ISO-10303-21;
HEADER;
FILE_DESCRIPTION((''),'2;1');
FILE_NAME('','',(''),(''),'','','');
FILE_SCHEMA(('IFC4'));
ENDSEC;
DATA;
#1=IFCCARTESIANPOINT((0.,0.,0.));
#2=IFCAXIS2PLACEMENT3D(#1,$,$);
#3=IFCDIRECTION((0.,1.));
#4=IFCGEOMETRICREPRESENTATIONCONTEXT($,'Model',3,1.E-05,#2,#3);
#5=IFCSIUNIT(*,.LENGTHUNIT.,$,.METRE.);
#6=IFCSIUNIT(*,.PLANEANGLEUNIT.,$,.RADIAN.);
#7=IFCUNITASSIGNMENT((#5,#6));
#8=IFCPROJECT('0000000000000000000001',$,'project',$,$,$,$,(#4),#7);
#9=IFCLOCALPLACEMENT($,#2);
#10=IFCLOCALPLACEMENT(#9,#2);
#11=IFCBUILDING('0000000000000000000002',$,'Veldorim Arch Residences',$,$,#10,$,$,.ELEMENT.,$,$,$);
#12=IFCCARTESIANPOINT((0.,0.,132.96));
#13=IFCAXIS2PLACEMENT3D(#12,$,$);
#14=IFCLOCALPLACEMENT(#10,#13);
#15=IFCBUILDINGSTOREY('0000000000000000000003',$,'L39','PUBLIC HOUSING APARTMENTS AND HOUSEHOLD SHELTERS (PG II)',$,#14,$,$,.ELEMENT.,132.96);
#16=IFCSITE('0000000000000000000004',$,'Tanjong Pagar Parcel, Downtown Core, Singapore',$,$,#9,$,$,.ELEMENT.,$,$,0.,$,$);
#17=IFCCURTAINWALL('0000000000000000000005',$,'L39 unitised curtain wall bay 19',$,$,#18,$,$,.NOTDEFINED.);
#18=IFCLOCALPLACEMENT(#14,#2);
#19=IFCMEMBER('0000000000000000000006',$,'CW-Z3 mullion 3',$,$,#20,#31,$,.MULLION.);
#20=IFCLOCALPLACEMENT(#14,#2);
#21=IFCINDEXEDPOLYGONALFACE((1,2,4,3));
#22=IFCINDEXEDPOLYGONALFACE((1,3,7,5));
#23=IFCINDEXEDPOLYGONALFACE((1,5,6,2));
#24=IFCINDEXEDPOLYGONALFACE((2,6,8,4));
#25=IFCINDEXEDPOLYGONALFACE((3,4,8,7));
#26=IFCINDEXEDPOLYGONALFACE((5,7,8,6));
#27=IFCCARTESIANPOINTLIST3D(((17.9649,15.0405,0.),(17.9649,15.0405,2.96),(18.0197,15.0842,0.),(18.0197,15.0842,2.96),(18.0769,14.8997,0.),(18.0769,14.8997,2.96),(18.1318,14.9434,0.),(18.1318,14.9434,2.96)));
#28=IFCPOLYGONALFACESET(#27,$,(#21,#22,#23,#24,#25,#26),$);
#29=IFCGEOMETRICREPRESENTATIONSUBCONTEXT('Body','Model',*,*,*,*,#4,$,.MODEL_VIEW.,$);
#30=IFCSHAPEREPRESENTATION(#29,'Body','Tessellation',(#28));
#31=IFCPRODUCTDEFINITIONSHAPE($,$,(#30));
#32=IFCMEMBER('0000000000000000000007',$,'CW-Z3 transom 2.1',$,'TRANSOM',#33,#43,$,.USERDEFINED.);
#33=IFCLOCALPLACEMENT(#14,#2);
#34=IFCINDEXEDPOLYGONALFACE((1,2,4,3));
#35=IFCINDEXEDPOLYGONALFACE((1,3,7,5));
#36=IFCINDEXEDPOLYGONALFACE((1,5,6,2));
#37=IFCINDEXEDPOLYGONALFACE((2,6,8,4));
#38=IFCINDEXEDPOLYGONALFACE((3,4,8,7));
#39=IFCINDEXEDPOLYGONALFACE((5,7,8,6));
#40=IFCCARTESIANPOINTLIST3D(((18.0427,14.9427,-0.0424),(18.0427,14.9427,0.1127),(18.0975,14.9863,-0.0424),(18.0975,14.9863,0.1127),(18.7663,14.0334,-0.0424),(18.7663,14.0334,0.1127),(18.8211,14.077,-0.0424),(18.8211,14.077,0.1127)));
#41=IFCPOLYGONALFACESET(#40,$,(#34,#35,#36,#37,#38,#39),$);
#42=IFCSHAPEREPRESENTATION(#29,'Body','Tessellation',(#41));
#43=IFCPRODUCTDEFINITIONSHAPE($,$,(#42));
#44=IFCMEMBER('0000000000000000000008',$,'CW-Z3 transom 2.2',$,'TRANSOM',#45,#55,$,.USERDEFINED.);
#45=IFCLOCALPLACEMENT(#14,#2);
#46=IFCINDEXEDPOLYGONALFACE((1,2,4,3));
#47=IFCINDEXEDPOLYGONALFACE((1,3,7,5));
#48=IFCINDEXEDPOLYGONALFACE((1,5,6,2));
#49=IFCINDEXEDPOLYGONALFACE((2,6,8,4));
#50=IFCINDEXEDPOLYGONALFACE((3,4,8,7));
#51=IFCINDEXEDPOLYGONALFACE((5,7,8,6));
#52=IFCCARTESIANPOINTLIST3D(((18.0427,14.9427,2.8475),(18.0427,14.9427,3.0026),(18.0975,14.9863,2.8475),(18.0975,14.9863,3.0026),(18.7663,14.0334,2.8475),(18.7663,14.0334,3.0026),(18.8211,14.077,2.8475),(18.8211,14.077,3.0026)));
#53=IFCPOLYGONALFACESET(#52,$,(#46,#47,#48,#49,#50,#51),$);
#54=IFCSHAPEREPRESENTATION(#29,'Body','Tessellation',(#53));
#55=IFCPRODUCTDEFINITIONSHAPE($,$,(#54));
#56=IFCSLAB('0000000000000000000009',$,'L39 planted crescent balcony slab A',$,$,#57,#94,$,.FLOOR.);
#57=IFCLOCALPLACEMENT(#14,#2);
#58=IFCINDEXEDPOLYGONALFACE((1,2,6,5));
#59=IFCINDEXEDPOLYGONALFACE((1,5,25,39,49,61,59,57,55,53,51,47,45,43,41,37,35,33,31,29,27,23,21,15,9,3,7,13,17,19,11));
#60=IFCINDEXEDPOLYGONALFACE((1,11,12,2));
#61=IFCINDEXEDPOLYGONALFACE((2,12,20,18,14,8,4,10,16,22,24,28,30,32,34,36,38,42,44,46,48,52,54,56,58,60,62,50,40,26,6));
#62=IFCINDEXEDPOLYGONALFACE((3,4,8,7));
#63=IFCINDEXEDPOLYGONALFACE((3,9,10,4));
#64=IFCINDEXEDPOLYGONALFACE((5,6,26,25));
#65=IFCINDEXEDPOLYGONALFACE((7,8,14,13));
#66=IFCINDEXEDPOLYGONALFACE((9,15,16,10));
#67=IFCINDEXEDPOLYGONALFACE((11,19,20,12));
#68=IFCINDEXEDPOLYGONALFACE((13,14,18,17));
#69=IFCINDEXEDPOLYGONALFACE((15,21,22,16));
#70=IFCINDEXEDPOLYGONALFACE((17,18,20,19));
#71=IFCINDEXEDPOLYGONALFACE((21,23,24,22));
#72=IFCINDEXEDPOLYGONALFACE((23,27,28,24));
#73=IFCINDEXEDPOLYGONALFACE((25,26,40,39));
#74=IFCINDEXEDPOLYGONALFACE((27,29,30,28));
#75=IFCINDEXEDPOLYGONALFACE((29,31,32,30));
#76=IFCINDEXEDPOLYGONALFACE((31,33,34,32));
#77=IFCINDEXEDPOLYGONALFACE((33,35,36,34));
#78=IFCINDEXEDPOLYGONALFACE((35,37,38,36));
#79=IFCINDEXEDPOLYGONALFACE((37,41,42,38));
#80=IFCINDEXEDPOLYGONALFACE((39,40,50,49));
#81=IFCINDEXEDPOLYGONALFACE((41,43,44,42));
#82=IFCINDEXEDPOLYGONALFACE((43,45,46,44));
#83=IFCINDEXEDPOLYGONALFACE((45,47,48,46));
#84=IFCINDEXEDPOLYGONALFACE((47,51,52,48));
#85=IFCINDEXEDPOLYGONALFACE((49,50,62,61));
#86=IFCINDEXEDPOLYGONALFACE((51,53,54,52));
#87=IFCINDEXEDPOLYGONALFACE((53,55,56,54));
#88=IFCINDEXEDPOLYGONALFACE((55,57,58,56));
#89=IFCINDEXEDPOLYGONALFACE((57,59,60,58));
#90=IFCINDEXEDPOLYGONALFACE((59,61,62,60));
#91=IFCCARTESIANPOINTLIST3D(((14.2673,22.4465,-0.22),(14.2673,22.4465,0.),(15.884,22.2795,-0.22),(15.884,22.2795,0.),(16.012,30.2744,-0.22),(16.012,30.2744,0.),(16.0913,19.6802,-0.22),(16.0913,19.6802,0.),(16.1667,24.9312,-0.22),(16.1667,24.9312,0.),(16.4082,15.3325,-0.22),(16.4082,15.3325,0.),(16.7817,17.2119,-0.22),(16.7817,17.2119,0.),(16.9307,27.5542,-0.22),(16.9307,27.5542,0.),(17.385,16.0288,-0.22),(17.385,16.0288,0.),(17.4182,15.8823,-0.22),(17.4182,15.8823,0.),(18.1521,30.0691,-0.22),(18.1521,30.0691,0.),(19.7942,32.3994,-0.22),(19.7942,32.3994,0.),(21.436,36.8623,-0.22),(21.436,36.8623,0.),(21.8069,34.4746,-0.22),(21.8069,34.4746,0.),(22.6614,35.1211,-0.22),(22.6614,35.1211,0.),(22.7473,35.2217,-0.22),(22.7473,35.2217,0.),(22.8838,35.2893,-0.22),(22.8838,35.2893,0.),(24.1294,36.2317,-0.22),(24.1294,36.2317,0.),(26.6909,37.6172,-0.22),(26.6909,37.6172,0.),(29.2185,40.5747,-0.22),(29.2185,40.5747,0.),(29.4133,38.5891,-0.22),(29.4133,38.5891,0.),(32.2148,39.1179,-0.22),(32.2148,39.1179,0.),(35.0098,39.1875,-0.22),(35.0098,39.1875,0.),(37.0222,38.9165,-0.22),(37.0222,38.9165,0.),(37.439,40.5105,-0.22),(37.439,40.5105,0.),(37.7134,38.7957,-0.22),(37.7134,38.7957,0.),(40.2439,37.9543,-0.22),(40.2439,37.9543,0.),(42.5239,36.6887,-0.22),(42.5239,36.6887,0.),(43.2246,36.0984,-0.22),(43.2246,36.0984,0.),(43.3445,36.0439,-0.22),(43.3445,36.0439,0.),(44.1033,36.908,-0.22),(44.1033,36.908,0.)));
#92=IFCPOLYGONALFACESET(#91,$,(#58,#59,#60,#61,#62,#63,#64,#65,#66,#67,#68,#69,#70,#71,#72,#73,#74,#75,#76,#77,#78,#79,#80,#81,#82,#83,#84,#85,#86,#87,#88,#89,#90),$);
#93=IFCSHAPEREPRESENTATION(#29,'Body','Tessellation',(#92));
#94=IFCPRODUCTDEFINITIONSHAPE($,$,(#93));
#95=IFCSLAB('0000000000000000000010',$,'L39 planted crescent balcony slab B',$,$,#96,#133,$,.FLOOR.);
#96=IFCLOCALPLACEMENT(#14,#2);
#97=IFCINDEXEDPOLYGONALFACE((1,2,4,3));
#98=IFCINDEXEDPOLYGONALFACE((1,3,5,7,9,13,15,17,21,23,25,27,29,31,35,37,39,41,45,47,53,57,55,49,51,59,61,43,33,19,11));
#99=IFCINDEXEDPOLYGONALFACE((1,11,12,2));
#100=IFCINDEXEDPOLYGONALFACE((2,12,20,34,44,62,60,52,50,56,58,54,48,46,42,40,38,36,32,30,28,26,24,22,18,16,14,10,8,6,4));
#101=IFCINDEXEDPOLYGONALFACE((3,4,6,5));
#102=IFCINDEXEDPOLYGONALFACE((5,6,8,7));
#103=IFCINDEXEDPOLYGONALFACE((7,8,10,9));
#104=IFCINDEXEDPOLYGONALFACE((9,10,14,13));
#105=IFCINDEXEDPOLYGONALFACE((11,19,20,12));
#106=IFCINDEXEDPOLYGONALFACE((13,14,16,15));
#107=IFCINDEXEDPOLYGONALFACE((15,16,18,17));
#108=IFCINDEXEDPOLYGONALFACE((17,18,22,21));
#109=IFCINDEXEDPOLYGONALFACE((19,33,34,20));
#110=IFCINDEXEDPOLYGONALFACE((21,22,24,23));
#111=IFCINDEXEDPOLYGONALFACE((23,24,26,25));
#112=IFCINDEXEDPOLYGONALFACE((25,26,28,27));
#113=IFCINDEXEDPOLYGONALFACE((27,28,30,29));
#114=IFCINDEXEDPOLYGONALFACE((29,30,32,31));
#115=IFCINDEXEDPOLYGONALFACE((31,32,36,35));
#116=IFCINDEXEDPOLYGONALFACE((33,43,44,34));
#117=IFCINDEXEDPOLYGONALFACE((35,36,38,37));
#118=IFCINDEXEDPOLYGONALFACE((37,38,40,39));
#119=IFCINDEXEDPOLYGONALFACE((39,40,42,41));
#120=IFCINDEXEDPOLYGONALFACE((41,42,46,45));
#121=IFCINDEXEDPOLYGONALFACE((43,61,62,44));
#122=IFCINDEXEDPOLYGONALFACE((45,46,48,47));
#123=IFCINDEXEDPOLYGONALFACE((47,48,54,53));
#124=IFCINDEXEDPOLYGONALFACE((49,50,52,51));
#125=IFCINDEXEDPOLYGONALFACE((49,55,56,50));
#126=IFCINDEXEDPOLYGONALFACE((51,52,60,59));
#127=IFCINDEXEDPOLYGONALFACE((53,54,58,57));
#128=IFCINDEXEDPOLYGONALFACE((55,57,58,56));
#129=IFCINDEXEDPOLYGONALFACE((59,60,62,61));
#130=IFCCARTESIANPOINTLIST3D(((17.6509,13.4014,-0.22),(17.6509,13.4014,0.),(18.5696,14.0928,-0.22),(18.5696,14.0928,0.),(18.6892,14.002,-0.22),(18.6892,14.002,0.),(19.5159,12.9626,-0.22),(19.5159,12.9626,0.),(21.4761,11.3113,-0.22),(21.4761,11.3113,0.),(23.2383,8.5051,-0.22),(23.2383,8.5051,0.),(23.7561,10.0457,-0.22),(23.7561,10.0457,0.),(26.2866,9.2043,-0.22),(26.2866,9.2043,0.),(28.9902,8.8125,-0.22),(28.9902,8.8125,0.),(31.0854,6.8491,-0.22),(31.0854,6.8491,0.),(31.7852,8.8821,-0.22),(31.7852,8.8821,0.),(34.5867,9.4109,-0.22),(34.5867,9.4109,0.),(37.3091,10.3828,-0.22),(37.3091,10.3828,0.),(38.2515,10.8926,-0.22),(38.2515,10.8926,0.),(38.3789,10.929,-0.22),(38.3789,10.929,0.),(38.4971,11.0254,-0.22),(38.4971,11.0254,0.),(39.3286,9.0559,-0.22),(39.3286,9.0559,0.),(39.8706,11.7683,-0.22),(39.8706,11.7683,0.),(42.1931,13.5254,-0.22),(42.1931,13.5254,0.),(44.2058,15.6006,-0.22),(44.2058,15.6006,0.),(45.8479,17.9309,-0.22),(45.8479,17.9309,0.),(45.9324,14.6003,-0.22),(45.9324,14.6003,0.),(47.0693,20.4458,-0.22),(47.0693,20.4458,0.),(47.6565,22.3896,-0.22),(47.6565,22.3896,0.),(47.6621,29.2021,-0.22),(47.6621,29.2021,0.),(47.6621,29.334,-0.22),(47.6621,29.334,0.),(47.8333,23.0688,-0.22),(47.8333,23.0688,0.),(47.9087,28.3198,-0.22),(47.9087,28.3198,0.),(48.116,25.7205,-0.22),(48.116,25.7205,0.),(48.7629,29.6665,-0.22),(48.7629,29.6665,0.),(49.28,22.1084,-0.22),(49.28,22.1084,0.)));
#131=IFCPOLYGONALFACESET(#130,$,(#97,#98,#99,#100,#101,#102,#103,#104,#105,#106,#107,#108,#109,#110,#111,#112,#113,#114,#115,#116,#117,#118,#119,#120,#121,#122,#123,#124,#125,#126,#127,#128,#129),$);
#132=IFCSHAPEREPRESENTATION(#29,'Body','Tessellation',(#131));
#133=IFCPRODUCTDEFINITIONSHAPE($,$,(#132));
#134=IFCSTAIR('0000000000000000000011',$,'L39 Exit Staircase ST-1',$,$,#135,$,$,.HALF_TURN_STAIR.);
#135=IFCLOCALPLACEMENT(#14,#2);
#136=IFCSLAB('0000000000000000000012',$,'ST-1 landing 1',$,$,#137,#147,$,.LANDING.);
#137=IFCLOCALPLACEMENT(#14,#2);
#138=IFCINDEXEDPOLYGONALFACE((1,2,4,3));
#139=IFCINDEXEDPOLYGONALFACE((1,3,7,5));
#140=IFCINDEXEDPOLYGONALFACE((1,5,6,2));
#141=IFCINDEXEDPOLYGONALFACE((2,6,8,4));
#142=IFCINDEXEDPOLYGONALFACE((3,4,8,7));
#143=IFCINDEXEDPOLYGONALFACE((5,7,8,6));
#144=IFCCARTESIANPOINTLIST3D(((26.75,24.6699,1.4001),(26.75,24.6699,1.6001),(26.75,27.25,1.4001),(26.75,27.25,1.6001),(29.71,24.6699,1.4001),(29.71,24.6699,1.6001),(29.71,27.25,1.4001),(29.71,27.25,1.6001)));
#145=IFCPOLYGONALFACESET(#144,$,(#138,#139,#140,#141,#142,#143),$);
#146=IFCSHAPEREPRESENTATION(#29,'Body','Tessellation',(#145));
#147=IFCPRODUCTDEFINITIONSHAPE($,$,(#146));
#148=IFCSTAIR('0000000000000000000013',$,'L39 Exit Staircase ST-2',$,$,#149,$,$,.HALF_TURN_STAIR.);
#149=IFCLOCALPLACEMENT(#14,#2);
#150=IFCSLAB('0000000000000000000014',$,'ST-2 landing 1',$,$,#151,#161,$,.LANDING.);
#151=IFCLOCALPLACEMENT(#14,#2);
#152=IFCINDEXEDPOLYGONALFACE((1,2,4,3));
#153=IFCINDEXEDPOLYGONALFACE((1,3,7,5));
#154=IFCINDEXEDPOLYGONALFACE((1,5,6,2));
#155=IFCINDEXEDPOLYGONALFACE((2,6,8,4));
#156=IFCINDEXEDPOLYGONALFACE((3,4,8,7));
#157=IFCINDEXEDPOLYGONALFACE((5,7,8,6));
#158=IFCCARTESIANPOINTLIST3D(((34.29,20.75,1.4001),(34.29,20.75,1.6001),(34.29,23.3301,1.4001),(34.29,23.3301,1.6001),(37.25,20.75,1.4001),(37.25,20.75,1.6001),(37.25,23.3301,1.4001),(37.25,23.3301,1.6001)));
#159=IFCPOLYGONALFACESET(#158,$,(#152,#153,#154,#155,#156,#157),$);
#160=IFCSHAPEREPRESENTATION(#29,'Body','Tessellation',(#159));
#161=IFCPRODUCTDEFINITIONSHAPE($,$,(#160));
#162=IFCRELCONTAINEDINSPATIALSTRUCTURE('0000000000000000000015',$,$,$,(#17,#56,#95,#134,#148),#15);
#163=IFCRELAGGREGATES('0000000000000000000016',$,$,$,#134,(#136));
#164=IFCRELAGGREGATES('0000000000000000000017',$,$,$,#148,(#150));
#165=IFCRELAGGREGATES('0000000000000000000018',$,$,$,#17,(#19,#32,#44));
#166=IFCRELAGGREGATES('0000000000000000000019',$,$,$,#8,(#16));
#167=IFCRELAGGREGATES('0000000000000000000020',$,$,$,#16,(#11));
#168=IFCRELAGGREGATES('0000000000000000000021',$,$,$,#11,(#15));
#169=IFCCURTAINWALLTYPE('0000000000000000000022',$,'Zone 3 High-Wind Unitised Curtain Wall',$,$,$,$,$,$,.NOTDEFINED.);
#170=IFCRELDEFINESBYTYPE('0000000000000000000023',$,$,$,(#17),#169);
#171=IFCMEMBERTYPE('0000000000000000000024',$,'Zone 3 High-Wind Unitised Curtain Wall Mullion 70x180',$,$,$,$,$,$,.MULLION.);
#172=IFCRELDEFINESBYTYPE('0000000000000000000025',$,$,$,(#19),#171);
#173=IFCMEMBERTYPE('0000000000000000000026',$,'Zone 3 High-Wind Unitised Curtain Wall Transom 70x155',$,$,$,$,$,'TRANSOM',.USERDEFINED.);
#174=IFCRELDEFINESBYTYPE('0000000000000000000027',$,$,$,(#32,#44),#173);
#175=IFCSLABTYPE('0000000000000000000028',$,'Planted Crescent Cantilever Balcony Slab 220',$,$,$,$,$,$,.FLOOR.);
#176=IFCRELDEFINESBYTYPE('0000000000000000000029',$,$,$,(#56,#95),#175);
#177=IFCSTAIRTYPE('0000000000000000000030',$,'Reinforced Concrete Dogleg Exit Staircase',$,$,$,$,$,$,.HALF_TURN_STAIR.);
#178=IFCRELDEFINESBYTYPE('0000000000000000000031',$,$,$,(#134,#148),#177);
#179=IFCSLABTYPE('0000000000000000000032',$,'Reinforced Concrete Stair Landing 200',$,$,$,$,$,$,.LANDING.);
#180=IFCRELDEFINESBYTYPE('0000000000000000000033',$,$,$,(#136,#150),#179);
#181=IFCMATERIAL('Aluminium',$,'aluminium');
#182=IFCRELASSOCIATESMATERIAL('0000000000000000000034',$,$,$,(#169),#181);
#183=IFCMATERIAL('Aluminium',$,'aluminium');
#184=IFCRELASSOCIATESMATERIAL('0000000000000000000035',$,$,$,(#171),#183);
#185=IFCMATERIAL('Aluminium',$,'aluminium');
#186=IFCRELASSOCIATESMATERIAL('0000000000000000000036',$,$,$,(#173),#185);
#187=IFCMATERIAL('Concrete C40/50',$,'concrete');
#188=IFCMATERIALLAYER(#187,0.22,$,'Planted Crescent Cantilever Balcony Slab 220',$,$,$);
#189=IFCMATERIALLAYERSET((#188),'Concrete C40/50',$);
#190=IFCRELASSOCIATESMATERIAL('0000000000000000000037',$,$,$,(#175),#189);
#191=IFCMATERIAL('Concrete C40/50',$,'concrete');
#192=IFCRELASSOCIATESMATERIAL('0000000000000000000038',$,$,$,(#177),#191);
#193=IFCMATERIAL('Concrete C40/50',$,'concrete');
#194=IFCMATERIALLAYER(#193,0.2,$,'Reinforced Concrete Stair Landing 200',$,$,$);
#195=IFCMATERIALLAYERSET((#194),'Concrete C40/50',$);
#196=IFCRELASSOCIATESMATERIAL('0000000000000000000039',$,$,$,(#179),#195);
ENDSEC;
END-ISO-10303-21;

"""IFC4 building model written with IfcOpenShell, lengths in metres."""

from ifc_helpers import new_model, si_unit, direction, frame, origin, origin_2d, place, context, subcontext, project, spatial, polyline, rectangle, outline, extrude, material, layer, layer_set, material_profile, profile_set, type_object, element, aggregate, save


model = new_model("IFC4")

# Units and contexts
model_context = context("Model", 3, precision=1e-05, world=origin(), true_north=direction((0.0, 1.0)))
body_context = subcontext(model_context, "Body", "Model", "MODEL_VIEW")
ifc_project = project(units=[si_unit("LENGTHUNIT", "METRE"), si_unit("PLANEANGLEUNIT", "RADIAN")], contexts=[model_context])

# Site, building, storey
site_placement = place(None, origin())
site = spatial("IfcSite", under=ifc_project, at=site_placement, Name="Tanjong Pagar Parcel, Downtown Core, Singapore", CompositionType="ELEMENT", RefElevation=0.0)
building_placement = place(site_placement, origin())
building = spatial("IfcBuilding", under=site, at=building_placement, Name="Veldorim Arch Residences", CompositionType="ELEMENT")
storey_placement = place(building_placement, frame((0.0, 0.0, 132.96)))
storey = spatial("IfcBuildingStorey", under=building, at=storey_placement, Name="L39", Description="PUBLIC HOUSING APARTMENTS AND HOUSEHOLD SHELTERS (PG II)", CompositionType="ELEMENT", Elevation=132.96)

# Curtain wall, members
ifc_material_1 = material(Name="Aluminium", Category="aluminium")
curtain_wall_type = type_object("IfcCurtainWallType", Name="Zone 3 High-Wind Unitised Curtain Wall", PredefinedType="NOTDEFINED", material=ifc_material_1)
curtain_wall_placement = place(storey_placement, origin())
curtain_wall = element("IfcCurtainWall", 1, at=curtain_wall_placement, inside=storey, type_object=curtain_wall_type, Name="L39 unitised curtain wall bay 19", PredefinedType="NOTDEFINED")
ifc_material_2 = material(Name="Aluminium", Category="aluminium")
ifc_material_profile_1 = material_profile(ifc_material_2, rectangle(XDim=0.0701, YDim=0.1799, at=origin_2d()), Name="ALU_MUL_70x180")
ifc_profile_set_1 = profile_set([ifc_material_profile_1], Name="Aluminium")
member_type_1 = type_object("IfcMemberType", Name="Zone 3 High-Wind Unitised Curtain Wall Mullion 70x180", PredefinedType="MULLION", material=ifc_profile_set_1)
member_1_placement = place(storey_placement, frame((18.0483, 14.9919, 0.0), z_axis=(0.0, 0.0, 1.0), x_axis=(-0.782556, -0.62258, 0.0)))
member_1 = element("IfcMember", 2, at=member_1_placement, type_object=member_type_1, Name="CW-Z3 mullion 3", PredefinedType="MULLION", context=body_context, shape_type="SweptSolid", body=[
    extrude(rectangle(XDim=0.0701, YDim=0.1799, at=origin_2d()), origin(), (0.0, 0.0, 1.0), 2.96),
])
ifc_material_3 = material(Name="Aluminium", Category="aluminium")
ifc_material_profile_2 = material_profile(ifc_material_3, rectangle(XDim=0.0701, YDim=0.155, at=origin_2d()), Name="ALU_TRN_70x155")
ifc_profile_set_2 = profile_set([ifc_material_profile_2], Name="Aluminium")
member_type_2 = type_object("IfcMemberType", Name="Zone 3 High-Wind Unitised Curtain Wall Transom 70x155", ElementType="TRANSOM", PredefinedType="USERDEFINED", material=ifc_profile_set_2)
member_2_placement = place(storey_placement, frame((18.7937, 14.0552, 0.0352), z_axis=(-0.622643, 0.782506, 0.0), x_axis=(-0.782506, -0.622643, 0.0)))
member_2 = element("IfcMember", 3, at=member_2_placement, type_object=member_type_2, Name="CW-Z3 transom 2.1", ObjectType="TRANSOM", PredefinedType="USERDEFINED", context=body_context, shape_type="SweptSolid", body=[
    extrude(rectangle(XDim=0.0701, YDim=0.155, at=origin_2d()), origin(), (0.0, 0.0, 1.0), 1.1621),
])
member_3_placement = place(storey_placement, frame((18.7937, 14.0552, 2.925), z_axis=(-0.622643, 0.782506, 0.0), x_axis=(-0.782506, -0.622643, 0.0)))
member_3 = element("IfcMember", 4, at=member_3_placement, type_object=member_type_2, Name="CW-Z3 transom 2.2", ObjectType="TRANSOM", PredefinedType="USERDEFINED", context=body_context, shape_type="SweptSolid", body=[
    extrude(rectangle(XDim=0.0701, YDim=0.155, at=origin_2d()), origin(), (0.0, 0.0, 1.0), 1.1621),
])

# Slabs
ifc_material_4 = material(Name="Concrete C40/50", Category="concrete")
ifc_layer_1 = layer(ifc_material_4, 0.22, Name="Planted Crescent Cantilever Balcony Slab 220")
ifc_layer_set_1 = layer_set([ifc_layer_1], Name="Concrete C40/50")
slab_type_1 = type_object("IfcSlabType", Name="Planted Crescent Cantilever Balcony Slab 220", PredefinedType="FLOOR", material=ifc_layer_set_1)
slab_1_placement = place(storey_placement, frame((0.0, 0.0, -0.22)))
element("IfcSlab", 5, at=slab_1_placement, inside=storey, type_object=slab_type_1, Name="L39 planted crescent balcony slab A", PredefinedType="FLOOR", context=body_context, shape_type="SweptSolid", body=[
    extrude(outline(polyline([(43.2246, 36.0984), (42.5239, 36.6887), (40.2439, 37.9543), (37.7134, 38.7957), (37.0222, 38.9165), (35.0098, 39.1875), (32.2148, 39.1179), (29.4133, 38.5891), (26.6909, 37.6172), (24.1294, 36.2317), (22.8838, 35.2893), (22.7473, 35.2217), (22.6614, 35.1211), (21.8069, 34.4746), (19.7942, 32.3994), (18.1521, 30.0691), (16.9307, 27.5542), (16.1667, 24.9312), (15.884, 22.2795), (16.0913, 19.6802), (16.7817, 17.2119), (17.385, 16.0288), (17.4182, 15.8823), (16.4082, 15.3325), (14.2673, 22.4465), (16.012, 30.2744), (21.436, 36.8623), (29.2185, 40.5747), (37.439, 40.5105), (44.1033, 36.908), (43.3445, 36.0439), (43.2246, 36.0984)])), origin(), (0.0, 0.0, 1.0), 0.22),
])
slab_2_placement = place(storey_placement, frame((0.0, 0.0, -0.22)))
element("IfcSlab", 6, at=slab_2_placement, inside=storey, type_object=slab_type_1, Name="L39 planted crescent balcony slab B", PredefinedType="FLOOR", context=body_context, shape_type="SweptSolid", body=[
    extrude(outline(polyline([(18.6892, 14.002), (19.5159, 12.9626), (21.4761, 11.3113), (23.7561, 10.0457), (26.2866, 9.2043), (28.9902, 8.8125), (31.7852, 8.8821), (34.5867, 9.4109), (37.3091, 10.3828), (38.2515, 10.8926), (38.3789, 10.929), (38.4971, 11.0254), (39.8706, 11.7683), (42.1931, 13.5254), (44.2058, 15.6006), (45.8479, 17.9309), (47.0693, 20.4458), (47.6565, 22.3896), (47.8333, 23.0688), (48.116, 25.7205), (47.9087, 28.3198), (47.6621, 29.2021), (47.6621, 29.334), (48.7629, 29.6665), (49.28, 22.1084), (45.9324, 14.6003), (39.3286, 9.0559), (31.0854, 6.8491), (23.2383, 8.5051), (17.6509, 13.4014), (18.5696, 14.0928), (18.6892, 14.002)])), origin(), (0.0, 0.0, 1.0), 0.22),
])

# Stairs, slabs
ifc_material_5 = material(Name="Concrete C40/50", Category="concrete")
stair_type = type_object("IfcStairType", Name="Reinforced Concrete Dogleg Exit Staircase", PredefinedType="HALF_TURN_STAIR", material=ifc_material_5)
stair_1_placement = place(storey_placement, origin())
stair_1 = element("IfcStair", 7, at=stair_1_placement, inside=storey, type_object=stair_type, Name="L39 Exit Staircase ST-1", PredefinedType="HALF_TURN_STAIR")
ifc_material_6 = material(Name="Concrete C40/50", Category="concrete")
ifc_layer_2 = layer(ifc_material_6, 0.2, Name="Reinforced Concrete Stair Landing 200")
ifc_layer_set_2 = layer_set([ifc_layer_2], Name="Concrete C40/50")
slab_type_2 = type_object("IfcSlabType", Name="Reinforced Concrete Stair Landing 200", PredefinedType="LANDING", material=ifc_layer_set_2)
slab_3_placement = place(storey_placement, frame((0.0, 0.0, 1.4001)))
slab_3 = element("IfcSlab", 8, at=slab_3_placement, type_object=slab_type_2, Name="ST-1 landing 1", PredefinedType="LANDING", context=body_context, shape_type="SweptSolid", body=[
    extrude(outline(polyline([(29.71, 24.6699), (29.71, 27.25), (26.75, 27.25), (26.75, 24.6699), (29.71, 24.6699)])), origin(), (0.0, 0.0, 1.0), 0.2),
])
aggregate(stair_1, [slab_3])
stair_2_placement = place(storey_placement, origin())
stair_2 = element("IfcStair", 9, at=stair_2_placement, inside=storey, type_object=stair_type, Name="L39 Exit Staircase ST-2", PredefinedType="HALF_TURN_STAIR")
slab_4_placement = place(storey_placement, frame((0.0, 0.0, 1.4001)))
slab_4 = element("IfcSlab", 10, at=slab_4_placement, type_object=slab_type_2, Name="ST-2 landing 1", PredefinedType="LANDING", context=body_context, shape_type="SweptSolid", body=[
    extrude(outline(polyline([(34.29, 23.3301), (34.29, 20.75), (37.25, 20.75), (37.25, 23.3301), (34.29, 23.3301)])), origin(), (0.0, 0.0, 1.0), 0.2),
])
aggregate(stair_2, [slab_4])

aggregate(curtain_wall, [member_1, member_2, member_3])

save(model, "model.ifc")
